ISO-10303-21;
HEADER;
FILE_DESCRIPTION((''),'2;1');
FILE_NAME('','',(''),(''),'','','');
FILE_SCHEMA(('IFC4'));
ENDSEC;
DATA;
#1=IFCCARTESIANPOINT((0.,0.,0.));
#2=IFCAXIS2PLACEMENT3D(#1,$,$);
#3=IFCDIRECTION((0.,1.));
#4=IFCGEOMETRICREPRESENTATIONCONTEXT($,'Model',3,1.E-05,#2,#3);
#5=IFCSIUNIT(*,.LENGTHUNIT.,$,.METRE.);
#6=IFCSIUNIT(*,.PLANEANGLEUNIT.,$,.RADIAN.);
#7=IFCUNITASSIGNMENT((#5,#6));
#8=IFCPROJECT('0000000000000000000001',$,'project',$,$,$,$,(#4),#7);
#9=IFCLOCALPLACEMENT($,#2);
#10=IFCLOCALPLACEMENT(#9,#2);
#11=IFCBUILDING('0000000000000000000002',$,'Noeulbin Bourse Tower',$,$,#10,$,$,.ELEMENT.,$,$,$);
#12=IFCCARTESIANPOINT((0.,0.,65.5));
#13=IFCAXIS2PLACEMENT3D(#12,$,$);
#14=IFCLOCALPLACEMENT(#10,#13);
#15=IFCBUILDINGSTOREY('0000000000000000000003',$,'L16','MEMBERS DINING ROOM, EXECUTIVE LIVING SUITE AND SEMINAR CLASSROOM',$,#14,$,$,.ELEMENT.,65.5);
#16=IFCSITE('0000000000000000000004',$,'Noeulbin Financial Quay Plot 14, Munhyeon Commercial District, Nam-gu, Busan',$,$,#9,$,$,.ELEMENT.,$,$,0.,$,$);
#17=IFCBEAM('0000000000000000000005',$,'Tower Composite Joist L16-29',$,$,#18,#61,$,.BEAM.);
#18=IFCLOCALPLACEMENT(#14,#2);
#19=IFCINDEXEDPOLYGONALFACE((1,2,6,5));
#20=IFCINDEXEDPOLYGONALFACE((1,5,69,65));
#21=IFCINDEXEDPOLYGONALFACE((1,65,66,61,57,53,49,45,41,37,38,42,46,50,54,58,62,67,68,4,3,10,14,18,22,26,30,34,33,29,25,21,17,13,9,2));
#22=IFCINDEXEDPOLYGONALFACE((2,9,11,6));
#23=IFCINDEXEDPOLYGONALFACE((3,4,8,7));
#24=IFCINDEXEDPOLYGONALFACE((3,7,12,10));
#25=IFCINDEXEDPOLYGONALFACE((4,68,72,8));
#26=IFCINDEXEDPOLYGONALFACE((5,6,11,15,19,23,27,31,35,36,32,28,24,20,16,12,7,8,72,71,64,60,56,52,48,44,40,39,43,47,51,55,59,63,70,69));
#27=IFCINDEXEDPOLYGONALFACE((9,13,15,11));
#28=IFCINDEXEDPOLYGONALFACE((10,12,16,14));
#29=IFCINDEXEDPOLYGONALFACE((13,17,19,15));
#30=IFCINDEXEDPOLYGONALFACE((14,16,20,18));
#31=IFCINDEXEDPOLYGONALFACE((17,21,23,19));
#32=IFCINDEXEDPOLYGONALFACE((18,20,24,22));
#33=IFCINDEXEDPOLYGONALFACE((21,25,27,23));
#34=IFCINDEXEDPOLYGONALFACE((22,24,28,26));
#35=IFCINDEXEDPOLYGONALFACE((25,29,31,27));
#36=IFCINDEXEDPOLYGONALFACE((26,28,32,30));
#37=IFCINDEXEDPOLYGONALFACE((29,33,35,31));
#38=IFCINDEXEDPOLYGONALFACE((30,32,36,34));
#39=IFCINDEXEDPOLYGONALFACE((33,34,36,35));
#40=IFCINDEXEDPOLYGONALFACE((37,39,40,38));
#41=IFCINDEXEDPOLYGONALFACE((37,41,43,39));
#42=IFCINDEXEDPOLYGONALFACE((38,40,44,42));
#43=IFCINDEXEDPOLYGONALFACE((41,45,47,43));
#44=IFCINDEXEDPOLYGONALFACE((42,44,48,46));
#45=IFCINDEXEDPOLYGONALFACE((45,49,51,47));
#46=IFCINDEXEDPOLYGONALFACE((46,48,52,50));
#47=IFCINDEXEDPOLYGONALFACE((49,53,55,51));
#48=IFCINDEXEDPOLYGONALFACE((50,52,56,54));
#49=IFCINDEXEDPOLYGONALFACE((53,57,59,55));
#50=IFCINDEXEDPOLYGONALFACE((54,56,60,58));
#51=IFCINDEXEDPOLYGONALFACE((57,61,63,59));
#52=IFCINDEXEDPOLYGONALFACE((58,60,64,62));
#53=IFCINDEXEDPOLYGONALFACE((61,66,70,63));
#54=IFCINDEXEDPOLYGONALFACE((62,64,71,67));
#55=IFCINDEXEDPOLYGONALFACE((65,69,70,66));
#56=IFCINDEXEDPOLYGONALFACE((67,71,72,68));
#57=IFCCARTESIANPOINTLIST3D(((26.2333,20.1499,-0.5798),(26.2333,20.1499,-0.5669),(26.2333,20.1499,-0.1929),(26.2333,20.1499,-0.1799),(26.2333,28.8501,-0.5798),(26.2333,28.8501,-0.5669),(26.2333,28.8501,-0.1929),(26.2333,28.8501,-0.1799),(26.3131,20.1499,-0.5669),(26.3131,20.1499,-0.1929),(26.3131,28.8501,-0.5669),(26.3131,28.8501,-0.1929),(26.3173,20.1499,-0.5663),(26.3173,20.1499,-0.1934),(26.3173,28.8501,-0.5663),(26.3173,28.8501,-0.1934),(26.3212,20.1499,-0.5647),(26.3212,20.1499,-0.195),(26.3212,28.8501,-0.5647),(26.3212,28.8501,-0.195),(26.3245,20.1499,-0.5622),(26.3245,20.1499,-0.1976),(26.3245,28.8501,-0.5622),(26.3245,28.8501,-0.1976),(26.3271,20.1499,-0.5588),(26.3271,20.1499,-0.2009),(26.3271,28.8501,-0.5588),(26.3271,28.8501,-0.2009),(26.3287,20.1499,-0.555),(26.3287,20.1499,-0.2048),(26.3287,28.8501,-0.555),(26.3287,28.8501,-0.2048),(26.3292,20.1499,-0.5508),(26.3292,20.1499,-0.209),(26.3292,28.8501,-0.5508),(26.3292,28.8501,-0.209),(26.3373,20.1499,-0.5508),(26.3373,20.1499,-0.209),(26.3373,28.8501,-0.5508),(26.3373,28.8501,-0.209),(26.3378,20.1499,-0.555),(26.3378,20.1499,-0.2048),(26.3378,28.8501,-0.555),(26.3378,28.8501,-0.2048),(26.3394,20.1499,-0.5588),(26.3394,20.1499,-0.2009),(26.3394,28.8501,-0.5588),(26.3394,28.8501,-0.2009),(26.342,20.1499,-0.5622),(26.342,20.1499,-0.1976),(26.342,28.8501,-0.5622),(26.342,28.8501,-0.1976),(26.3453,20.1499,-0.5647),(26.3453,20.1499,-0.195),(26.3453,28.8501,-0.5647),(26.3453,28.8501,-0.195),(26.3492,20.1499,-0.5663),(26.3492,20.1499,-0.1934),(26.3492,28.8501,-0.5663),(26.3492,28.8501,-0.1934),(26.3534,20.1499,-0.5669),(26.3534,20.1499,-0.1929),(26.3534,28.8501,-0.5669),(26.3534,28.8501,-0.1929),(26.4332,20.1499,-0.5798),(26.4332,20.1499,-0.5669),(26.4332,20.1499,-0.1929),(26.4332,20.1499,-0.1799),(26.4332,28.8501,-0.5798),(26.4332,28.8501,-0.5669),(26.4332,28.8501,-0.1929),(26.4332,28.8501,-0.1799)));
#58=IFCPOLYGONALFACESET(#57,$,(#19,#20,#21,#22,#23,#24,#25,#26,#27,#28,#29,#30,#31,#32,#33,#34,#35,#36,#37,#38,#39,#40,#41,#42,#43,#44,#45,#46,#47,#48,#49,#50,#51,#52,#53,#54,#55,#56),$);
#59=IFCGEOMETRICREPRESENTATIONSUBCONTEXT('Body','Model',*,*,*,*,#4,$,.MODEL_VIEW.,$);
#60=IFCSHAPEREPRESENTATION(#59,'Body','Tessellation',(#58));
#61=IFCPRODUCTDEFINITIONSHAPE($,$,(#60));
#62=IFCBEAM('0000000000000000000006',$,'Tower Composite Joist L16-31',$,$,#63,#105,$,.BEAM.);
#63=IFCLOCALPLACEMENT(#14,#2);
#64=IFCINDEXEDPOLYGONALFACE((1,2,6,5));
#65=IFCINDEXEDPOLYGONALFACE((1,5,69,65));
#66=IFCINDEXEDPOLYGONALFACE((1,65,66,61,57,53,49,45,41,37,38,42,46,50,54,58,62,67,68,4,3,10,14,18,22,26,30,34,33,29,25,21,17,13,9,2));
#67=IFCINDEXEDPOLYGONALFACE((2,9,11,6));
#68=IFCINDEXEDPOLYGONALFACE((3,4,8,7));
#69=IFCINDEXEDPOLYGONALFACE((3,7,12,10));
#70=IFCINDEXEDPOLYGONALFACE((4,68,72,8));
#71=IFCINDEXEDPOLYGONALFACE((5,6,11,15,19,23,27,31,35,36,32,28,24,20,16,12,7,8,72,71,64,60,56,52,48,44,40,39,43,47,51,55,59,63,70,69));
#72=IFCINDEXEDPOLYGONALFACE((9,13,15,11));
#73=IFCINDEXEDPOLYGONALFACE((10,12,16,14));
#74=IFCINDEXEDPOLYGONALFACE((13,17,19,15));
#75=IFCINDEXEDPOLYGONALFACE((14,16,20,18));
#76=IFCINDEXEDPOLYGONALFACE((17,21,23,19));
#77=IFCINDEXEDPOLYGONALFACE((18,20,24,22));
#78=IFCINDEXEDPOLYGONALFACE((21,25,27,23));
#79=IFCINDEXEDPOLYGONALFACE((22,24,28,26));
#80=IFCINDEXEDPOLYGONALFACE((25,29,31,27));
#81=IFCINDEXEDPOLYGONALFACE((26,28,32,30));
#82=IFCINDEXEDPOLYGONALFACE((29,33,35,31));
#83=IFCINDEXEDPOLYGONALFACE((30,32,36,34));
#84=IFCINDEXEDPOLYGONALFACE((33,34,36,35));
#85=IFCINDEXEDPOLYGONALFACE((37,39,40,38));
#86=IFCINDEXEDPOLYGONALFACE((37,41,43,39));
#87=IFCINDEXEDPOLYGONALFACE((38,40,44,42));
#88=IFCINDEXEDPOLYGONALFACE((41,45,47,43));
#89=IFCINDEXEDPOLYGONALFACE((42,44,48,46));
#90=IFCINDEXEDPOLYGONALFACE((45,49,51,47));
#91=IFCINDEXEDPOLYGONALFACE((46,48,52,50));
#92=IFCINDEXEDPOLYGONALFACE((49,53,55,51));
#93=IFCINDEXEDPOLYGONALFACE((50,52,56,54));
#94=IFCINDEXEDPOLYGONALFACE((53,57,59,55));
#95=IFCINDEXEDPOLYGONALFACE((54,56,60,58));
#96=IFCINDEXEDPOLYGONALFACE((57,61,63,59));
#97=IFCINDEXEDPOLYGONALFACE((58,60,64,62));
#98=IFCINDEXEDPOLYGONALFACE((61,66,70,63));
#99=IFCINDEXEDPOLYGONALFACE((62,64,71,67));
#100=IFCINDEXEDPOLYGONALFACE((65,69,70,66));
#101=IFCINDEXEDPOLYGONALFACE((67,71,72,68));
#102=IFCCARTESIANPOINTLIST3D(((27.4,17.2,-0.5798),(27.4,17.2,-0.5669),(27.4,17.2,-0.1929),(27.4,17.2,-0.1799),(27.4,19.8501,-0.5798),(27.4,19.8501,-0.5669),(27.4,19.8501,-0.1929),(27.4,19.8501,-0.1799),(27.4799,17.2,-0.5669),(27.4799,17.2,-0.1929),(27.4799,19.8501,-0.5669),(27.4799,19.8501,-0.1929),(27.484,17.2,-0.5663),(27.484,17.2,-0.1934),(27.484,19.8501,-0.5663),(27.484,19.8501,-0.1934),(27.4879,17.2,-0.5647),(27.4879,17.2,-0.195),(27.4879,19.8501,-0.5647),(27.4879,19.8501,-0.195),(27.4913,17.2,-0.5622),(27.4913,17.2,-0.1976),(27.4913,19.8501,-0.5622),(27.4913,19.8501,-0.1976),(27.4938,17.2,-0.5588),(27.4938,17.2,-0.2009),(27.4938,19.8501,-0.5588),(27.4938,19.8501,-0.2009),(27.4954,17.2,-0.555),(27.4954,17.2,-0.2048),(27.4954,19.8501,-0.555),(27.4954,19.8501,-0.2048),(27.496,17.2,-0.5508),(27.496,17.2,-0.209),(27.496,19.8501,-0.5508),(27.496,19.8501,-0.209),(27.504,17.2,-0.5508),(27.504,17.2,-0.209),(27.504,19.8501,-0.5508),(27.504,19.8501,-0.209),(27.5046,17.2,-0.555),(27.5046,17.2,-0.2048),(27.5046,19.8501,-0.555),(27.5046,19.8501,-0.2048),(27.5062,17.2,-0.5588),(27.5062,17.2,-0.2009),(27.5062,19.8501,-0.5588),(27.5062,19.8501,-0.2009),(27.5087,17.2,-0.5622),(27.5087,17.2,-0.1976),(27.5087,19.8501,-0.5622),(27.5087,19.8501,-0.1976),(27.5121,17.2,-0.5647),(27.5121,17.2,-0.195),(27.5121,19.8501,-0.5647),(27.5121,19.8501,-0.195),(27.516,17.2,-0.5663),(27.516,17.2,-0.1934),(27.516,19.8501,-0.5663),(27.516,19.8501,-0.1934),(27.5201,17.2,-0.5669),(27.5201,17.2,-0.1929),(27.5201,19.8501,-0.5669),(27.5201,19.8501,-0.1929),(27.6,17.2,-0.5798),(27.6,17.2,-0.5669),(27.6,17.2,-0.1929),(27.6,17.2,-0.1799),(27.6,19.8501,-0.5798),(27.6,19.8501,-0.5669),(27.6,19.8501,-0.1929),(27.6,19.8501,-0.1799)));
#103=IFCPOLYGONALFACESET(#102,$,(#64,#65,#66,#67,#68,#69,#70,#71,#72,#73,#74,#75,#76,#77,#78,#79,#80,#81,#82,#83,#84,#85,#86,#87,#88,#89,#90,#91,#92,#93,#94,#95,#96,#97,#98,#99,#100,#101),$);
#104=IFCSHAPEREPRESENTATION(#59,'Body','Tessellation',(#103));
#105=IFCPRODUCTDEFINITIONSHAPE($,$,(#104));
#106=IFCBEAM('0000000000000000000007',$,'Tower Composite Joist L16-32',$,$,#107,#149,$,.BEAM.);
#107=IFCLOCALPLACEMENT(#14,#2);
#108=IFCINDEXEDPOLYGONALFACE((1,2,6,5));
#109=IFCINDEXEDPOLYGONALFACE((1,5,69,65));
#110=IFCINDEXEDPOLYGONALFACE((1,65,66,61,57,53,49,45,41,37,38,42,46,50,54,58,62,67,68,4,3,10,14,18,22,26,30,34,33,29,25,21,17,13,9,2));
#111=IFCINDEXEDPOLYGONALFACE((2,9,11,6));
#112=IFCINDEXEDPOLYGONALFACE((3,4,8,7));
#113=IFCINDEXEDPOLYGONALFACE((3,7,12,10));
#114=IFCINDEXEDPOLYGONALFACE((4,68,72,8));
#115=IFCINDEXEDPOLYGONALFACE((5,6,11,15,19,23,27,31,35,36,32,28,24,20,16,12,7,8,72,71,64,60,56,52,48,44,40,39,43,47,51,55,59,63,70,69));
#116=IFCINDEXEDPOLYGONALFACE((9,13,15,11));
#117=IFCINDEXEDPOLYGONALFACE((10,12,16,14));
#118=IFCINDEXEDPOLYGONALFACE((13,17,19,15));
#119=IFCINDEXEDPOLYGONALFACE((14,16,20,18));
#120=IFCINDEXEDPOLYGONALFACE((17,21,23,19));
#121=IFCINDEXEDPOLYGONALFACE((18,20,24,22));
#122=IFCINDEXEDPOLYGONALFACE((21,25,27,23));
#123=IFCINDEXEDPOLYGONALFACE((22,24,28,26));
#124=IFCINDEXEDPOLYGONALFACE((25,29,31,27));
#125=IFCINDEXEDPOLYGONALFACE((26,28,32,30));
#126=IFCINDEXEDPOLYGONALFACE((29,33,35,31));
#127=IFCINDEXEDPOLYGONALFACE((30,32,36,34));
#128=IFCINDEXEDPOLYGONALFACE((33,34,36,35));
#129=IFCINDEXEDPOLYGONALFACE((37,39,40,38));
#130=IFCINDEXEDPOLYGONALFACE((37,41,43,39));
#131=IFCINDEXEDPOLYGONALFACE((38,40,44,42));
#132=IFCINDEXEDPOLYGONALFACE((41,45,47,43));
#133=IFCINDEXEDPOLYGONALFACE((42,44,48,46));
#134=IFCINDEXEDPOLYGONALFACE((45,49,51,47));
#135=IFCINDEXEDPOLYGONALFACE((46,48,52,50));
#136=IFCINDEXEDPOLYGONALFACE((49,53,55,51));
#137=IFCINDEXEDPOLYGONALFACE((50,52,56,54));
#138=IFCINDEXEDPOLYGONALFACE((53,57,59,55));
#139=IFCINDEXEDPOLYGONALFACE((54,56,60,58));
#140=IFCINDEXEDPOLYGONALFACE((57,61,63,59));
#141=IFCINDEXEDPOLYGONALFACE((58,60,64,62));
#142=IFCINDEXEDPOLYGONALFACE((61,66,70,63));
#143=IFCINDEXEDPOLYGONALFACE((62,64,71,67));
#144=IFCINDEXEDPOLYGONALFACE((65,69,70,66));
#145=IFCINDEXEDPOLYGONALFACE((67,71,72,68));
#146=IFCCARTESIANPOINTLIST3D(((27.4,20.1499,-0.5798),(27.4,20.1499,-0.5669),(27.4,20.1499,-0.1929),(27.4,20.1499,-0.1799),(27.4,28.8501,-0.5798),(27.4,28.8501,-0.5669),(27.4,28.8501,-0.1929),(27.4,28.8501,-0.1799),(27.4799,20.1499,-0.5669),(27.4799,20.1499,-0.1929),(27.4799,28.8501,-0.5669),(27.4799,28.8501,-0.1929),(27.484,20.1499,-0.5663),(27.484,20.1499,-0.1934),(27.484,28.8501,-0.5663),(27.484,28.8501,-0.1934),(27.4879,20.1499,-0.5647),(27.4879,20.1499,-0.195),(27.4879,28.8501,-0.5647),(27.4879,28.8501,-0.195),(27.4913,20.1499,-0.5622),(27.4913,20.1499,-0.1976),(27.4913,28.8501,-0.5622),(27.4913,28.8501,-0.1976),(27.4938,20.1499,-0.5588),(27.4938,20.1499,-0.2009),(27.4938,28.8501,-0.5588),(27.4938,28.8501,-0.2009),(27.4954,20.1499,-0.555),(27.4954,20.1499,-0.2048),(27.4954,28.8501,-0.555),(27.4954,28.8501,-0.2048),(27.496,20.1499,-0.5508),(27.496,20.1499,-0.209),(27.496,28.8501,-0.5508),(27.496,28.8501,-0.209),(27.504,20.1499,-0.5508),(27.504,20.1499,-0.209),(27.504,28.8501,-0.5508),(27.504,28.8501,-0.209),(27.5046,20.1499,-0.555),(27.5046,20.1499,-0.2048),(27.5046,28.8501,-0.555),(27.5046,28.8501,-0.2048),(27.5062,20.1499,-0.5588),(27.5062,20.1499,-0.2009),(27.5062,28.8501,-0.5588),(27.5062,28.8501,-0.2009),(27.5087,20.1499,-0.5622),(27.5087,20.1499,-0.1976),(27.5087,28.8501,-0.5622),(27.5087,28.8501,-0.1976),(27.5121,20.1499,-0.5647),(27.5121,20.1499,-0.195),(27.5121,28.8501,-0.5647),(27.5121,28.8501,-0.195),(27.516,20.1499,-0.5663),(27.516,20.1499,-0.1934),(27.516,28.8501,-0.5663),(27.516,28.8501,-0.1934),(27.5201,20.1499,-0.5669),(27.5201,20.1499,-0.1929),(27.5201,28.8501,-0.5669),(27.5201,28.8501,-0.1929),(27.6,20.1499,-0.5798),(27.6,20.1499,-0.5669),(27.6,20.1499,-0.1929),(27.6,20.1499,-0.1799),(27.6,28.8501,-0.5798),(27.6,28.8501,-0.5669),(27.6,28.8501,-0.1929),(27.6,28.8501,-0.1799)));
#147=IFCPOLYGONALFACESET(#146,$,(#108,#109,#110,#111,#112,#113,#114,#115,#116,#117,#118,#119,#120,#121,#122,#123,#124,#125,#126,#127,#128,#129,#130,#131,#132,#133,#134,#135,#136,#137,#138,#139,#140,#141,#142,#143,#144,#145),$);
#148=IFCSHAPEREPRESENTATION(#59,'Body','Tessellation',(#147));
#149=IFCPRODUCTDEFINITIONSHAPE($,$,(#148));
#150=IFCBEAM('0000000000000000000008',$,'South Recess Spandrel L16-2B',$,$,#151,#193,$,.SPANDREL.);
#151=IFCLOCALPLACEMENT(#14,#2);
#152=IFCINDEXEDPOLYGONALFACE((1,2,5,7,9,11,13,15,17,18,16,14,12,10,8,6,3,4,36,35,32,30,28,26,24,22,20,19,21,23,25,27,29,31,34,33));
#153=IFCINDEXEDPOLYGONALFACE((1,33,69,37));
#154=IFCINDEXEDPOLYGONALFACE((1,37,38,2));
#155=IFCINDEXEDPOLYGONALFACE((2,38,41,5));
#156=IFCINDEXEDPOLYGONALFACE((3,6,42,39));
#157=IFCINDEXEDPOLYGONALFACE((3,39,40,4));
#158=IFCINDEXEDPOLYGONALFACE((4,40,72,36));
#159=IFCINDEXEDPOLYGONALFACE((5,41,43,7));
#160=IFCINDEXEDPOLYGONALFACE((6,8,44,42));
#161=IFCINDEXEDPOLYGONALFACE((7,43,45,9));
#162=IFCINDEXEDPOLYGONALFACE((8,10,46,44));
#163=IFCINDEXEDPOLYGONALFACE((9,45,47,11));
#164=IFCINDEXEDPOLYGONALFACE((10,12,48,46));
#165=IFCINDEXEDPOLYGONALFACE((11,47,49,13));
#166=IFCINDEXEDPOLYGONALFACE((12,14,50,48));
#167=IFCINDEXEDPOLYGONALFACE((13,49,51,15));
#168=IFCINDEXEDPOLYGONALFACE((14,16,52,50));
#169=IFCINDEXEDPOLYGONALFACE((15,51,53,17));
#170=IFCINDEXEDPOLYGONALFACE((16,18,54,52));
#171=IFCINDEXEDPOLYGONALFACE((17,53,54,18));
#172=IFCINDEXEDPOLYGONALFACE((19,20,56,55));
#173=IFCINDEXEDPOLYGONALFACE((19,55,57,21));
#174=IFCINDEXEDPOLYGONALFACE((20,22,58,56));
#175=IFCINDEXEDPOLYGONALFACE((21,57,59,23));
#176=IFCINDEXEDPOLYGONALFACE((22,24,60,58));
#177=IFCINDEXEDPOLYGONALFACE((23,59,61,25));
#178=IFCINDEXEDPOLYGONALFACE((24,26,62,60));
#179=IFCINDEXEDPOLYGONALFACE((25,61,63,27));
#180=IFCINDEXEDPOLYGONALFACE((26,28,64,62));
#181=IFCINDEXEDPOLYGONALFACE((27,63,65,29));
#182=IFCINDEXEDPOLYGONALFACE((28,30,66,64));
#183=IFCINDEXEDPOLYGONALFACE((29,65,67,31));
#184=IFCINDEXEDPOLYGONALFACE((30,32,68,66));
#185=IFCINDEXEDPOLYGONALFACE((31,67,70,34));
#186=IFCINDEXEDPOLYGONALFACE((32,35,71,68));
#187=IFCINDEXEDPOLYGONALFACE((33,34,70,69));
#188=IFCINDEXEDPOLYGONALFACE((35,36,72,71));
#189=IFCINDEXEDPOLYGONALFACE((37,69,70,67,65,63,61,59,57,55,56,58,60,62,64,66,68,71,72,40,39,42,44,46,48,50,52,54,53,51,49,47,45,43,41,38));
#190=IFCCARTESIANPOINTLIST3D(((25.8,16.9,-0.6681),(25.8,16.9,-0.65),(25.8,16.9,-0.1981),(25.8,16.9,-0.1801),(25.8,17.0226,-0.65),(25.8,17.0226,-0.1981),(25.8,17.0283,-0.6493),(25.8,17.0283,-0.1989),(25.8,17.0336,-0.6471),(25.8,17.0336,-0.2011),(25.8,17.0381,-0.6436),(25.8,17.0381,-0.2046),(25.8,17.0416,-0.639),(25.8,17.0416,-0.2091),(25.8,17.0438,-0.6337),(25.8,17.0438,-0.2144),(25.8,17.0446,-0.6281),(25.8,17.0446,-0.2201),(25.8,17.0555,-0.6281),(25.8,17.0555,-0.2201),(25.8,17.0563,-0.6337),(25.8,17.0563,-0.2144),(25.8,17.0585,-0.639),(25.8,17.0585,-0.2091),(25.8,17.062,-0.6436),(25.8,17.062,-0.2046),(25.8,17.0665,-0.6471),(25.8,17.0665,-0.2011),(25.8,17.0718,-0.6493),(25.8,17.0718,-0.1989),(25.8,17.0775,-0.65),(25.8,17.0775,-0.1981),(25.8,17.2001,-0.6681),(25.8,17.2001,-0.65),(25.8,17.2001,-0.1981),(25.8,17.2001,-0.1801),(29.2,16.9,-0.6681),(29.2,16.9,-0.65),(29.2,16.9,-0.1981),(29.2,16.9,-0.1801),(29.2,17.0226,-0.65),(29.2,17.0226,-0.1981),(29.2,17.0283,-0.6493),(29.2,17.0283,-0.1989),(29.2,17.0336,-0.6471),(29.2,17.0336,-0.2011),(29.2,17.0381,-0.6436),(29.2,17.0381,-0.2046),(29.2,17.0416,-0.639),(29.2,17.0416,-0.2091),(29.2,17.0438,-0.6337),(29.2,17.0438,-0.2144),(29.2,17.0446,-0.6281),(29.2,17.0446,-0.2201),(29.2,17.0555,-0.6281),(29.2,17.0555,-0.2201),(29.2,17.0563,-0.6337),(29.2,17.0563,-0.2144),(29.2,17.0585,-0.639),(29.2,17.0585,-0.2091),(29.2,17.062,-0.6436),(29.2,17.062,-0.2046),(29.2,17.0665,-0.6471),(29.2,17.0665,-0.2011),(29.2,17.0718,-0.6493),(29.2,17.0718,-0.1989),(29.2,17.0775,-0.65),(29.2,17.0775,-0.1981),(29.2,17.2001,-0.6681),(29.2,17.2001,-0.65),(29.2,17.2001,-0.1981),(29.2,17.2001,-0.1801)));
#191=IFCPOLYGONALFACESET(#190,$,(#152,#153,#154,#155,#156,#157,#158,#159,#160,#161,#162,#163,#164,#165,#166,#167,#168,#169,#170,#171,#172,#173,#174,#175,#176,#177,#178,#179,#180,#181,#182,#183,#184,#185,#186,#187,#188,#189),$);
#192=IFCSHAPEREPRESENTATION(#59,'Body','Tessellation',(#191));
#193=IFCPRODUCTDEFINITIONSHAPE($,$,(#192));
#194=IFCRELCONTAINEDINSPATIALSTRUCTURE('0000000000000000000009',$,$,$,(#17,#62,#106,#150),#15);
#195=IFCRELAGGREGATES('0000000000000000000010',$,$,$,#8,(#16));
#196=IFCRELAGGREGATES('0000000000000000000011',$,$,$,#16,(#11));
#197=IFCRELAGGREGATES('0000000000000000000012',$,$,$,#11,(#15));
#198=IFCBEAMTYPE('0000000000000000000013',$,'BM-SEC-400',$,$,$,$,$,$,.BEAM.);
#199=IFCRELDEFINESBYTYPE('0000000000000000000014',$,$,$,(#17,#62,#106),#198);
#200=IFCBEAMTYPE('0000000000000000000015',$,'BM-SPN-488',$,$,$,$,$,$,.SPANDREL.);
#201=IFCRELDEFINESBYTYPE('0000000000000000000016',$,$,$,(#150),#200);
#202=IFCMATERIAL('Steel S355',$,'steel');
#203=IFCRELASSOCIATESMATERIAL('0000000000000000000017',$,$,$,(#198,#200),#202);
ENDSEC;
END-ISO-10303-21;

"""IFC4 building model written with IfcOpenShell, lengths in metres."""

from ifc_helpers import new_model, si_unit, direction, frame, origin, origin_2d, place, context, subcontext, project, spatial, i_section, extrude, material, material_profile, profile_set, type_object, element, save


model = new_model("IFC4")

# Units and contexts
model_context = context("Model", 3, precision=1e-05, world=origin(), true_north=direction((0.0, 1.0)))
body_context = subcontext(model_context, "Body", "Model", "MODEL_VIEW")
ifc_project = project(units=[si_unit("LENGTHUNIT", "METRE"), si_unit("PLANEANGLEUNIT", "RADIAN")], contexts=[model_context])

# Site, building, storey
site_placement = place(None, origin())
site = spatial("IfcSite", under=ifc_project, at=site_placement, Name="Noeulbin Financial Quay Plot 14, Munhyeon Commercial District, Nam-gu, Busan", CompositionType="ELEMENT", RefElevation=0.0)
building_placement = place(site_placement, origin())
building = spatial("IfcBuilding", under=site, at=building_placement, Name="Noeulbin Bourse Tower", CompositionType="ELEMENT")
storey_placement = place(building_placement, frame((0.0, 0.0, 65.5)))
storey = spatial("IfcBuildingStorey", under=building, at=storey_placement, Name="L16", Description="MEMBERS DINING ROOM, EXECUTIVE LIVING SUITE AND SEMINAR CLASSROOM", CompositionType="ELEMENT", Elevation=65.5)

# Beams
ifc_material_1 = material(Name="Steel S355", Category="steel")
ifc_material_profile_1 = material_profile(ifc_material_1, i_section(OverallWidth=0.2, OverallDepth=0.3999, WebThickness=0.0081, FlangeThickness=0.0129, FilletRadius=0.0161, at=origin_2d()), Name="H-400x200x8x13", Category="LoadBearing")
ifc_profile_set_1 = profile_set([ifc_material_profile_1], Name="Steel S355")
beam_type_1 = type_object("IfcBeamType", Name="BM-SEC-400", PredefinedType="BEAM", material=ifc_profile_set_1)
beam_1_placement = place(storey_placement, frame((26.3333, 20.1499, -0.3799), z_axis=(0.0, 1.0, 0.0), x_axis=(-1.0, 0.0, 0.0)))
element("IfcBeam", 1, at=beam_1_placement, inside=storey, type_object=beam_type_1, Name="Tower Composite Joist L16-29", PredefinedType="BEAM", context=body_context, shape_type="SweptSolid", body=[
    extrude(i_section(OverallWidth=0.2, OverallDepth=0.3999, WebThickness=0.0081, FlangeThickness=0.0129, FilletRadius=0.0161, at=origin_2d()), origin(), (0.0, 0.0, 1.0), 8.7002),
])
beam_2_placement = place(storey_placement, frame((27.5, 17.2, -0.3799), z_axis=(0.0, 1.0, 0.0), x_axis=(-1.0, 0.0, 0.0)))
element("IfcBeam", 2, at=beam_2_placement, inside=storey, type_object=beam_type_1, Name="Tower Composite Joist L16-31", PredefinedType="BEAM", context=body_context, shape_type="SweptSolid", body=[
    extrude(i_section(OverallWidth=0.2, OverallDepth=0.3999, WebThickness=0.0081, FlangeThickness=0.0129, FilletRadius=0.0161, at=origin_2d()), origin(), (0.0, 0.0, 1.0), 2.6501),
])
beam_3_placement = place(storey_placement, frame((27.5, 20.1499, -0.3799), z_axis=(0.0, 1.0, 0.0), x_axis=(-1.0, 0.0, 0.0)))
element("IfcBeam", 3, at=beam_3_placement, inside=storey, type_object=beam_type_1, Name="Tower Composite Joist L16-32", PredefinedType="BEAM", context=body_context, shape_type="SweptSolid", body=[
    extrude(i_section(OverallWidth=0.2, OverallDepth=0.3999, WebThickness=0.0081, FlangeThickness=0.0129, FilletRadius=0.0161, at=origin_2d()), origin(), (0.0, 0.0, 1.0), 8.7002),
])
ifc_material_profile_2 = material_profile(ifc_material_1, i_section(OverallWidth=0.3, OverallDepth=0.488, WebThickness=0.011, FlangeThickness=0.0181, FilletRadius=0.022, at=origin_2d()), Name="H-488x300x11x18", Category="LoadBearing")
ifc_profile_set_2 = profile_set([ifc_material_profile_2], Name="Steel S355")
beam_type_2 = type_object("IfcBeamType", Name="BM-SPN-488", PredefinedType="SPANDREL", material=ifc_profile_set_2)
beam_4_placement = place(storey_placement, frame((25.8, 17.05, -0.4241), z_axis=(1.0, 0.0, 0.0), x_axis=(0.0, 1.0, 0.0)))
element("IfcBeam", 4, at=beam_4_placement, inside=storey, type_object=beam_type_2, Name="South Recess Spandrel L16-2B", PredefinedType="SPANDREL", context=body_context, shape_type="SweptSolid", body=[
    extrude(i_section(OverallWidth=0.3, OverallDepth=0.488, WebThickness=0.011, FlangeThickness=0.0181, FilletRadius=0.022, at=origin_2d()), origin(), (0.0, 0.0, 1.0), 3.3999),
])

save(model, "model.ifc")
